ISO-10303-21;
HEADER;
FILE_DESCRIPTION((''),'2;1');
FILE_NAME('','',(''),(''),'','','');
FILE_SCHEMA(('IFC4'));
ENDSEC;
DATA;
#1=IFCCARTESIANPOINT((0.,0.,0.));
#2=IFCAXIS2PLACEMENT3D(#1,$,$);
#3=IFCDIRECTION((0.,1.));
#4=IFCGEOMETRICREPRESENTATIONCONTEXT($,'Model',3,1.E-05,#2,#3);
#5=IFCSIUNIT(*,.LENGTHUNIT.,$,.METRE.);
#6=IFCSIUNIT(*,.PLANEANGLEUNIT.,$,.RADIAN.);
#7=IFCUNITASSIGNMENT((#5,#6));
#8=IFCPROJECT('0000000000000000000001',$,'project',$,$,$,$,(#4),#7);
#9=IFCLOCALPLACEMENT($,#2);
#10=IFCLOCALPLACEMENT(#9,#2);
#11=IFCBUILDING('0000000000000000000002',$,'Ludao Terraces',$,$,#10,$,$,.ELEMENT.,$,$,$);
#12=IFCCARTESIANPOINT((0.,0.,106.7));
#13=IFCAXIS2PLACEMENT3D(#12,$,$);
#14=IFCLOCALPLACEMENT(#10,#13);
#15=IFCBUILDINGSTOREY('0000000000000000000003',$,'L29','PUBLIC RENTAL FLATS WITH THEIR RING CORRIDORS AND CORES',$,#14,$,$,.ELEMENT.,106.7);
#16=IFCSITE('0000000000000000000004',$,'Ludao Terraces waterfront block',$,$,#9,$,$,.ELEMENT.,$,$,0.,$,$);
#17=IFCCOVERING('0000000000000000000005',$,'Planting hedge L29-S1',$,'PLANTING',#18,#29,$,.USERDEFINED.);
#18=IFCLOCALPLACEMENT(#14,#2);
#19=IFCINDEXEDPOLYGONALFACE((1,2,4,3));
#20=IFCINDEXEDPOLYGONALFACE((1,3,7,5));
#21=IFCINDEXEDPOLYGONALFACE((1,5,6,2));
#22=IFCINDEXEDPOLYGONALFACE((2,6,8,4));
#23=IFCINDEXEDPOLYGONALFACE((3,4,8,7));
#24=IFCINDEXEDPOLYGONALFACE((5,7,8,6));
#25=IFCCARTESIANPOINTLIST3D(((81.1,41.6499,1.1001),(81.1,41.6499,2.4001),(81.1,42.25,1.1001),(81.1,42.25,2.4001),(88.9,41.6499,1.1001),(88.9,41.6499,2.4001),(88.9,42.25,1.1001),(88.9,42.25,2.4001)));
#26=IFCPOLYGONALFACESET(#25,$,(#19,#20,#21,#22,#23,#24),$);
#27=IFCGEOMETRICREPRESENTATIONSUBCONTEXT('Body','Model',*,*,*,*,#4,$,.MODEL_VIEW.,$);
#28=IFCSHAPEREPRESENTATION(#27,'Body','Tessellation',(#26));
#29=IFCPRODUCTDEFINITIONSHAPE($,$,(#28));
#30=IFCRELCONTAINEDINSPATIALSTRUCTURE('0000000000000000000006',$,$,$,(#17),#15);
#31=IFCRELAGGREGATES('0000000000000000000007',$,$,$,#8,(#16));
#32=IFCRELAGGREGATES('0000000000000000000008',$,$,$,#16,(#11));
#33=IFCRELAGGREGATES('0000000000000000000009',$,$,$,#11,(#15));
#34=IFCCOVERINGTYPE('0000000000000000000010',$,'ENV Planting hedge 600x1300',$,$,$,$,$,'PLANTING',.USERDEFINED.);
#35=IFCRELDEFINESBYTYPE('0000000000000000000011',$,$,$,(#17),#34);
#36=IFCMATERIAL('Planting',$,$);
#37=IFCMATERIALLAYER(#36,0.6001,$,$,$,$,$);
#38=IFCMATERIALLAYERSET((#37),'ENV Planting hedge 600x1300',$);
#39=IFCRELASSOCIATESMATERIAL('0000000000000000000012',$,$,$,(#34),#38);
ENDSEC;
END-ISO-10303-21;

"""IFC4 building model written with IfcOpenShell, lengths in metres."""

from ifc_helpers import new_model, si_unit, direction, frame, origin, origin_2d, place, context, subcontext, project, spatial, rectangle, extrude, material, layer, layer_set, type_object, element, save


model = new_model("IFC4")

# Units and contexts
model_context = context("Model", 3, precision=1e-05, world=origin(), true_north=direction((0.0, 1.0)))
body_context = subcontext(model_context, "Body", "Model", "MODEL_VIEW")
ifc_project = project(units=[si_unit("LENGTHUNIT", "METRE"), si_unit("PLANEANGLEUNIT", "RADIAN")], contexts=[model_context])

# Site, building, storey
site_placement = place(None, origin())
site = spatial("IfcSite", under=ifc_project, at=site_placement, Name="Ludao Terraces waterfront block", CompositionType="ELEMENT", RefElevation=0.0)
building_placement = place(site_placement, origin())
building = spatial("IfcBuilding", under=site, at=building_placement, Name="Ludao Terraces", CompositionType="ELEMENT")
storey_placement = place(building_placement, frame((0.0, 0.0, 106.7)))
storey = spatial("IfcBuildingStorey", under=building, at=storey_placement, Name="L29", Description="PUBLIC RENTAL FLATS WITH THEIR RING CORRIDORS AND CORES", CompositionType="ELEMENT", Elevation=106.7)

# Covering
ifc_material_1 = material(Name="Planting")
ifc_layer_1 = layer(ifc_material_1, 0.6001)
ifc_layer_set_1 = layer_set([ifc_layer_1], Name="ENV Planting hedge 600x1300")
covering_type = type_object("IfcCoveringType", Name="ENV Planting hedge 600x1300", ElementType="PLANTING", PredefinedType="USERDEFINED", material=ifc_layer_set_1)
covering_placement = place(storey_placement, frame((85.0, 41.95, 1.1001), z_axis=(0.0, 0.0, 1.0), x_axis=(1.0, 0.0, 0.0)))
element("IfcCovering", 1, at=covering_placement, inside=storey, type_object=covering_type, Name="Planting hedge L29-S1", ObjectType="PLANTING", PredefinedType="USERDEFINED", context=body_context, shape_type="SweptSolid", body=[
    extrude(rectangle(XDim=7.8, YDim=0.6001, at=origin_2d()), origin(), (0.0, 0.0, 1.0), 1.3),
])

save(model, "model.ifc")
